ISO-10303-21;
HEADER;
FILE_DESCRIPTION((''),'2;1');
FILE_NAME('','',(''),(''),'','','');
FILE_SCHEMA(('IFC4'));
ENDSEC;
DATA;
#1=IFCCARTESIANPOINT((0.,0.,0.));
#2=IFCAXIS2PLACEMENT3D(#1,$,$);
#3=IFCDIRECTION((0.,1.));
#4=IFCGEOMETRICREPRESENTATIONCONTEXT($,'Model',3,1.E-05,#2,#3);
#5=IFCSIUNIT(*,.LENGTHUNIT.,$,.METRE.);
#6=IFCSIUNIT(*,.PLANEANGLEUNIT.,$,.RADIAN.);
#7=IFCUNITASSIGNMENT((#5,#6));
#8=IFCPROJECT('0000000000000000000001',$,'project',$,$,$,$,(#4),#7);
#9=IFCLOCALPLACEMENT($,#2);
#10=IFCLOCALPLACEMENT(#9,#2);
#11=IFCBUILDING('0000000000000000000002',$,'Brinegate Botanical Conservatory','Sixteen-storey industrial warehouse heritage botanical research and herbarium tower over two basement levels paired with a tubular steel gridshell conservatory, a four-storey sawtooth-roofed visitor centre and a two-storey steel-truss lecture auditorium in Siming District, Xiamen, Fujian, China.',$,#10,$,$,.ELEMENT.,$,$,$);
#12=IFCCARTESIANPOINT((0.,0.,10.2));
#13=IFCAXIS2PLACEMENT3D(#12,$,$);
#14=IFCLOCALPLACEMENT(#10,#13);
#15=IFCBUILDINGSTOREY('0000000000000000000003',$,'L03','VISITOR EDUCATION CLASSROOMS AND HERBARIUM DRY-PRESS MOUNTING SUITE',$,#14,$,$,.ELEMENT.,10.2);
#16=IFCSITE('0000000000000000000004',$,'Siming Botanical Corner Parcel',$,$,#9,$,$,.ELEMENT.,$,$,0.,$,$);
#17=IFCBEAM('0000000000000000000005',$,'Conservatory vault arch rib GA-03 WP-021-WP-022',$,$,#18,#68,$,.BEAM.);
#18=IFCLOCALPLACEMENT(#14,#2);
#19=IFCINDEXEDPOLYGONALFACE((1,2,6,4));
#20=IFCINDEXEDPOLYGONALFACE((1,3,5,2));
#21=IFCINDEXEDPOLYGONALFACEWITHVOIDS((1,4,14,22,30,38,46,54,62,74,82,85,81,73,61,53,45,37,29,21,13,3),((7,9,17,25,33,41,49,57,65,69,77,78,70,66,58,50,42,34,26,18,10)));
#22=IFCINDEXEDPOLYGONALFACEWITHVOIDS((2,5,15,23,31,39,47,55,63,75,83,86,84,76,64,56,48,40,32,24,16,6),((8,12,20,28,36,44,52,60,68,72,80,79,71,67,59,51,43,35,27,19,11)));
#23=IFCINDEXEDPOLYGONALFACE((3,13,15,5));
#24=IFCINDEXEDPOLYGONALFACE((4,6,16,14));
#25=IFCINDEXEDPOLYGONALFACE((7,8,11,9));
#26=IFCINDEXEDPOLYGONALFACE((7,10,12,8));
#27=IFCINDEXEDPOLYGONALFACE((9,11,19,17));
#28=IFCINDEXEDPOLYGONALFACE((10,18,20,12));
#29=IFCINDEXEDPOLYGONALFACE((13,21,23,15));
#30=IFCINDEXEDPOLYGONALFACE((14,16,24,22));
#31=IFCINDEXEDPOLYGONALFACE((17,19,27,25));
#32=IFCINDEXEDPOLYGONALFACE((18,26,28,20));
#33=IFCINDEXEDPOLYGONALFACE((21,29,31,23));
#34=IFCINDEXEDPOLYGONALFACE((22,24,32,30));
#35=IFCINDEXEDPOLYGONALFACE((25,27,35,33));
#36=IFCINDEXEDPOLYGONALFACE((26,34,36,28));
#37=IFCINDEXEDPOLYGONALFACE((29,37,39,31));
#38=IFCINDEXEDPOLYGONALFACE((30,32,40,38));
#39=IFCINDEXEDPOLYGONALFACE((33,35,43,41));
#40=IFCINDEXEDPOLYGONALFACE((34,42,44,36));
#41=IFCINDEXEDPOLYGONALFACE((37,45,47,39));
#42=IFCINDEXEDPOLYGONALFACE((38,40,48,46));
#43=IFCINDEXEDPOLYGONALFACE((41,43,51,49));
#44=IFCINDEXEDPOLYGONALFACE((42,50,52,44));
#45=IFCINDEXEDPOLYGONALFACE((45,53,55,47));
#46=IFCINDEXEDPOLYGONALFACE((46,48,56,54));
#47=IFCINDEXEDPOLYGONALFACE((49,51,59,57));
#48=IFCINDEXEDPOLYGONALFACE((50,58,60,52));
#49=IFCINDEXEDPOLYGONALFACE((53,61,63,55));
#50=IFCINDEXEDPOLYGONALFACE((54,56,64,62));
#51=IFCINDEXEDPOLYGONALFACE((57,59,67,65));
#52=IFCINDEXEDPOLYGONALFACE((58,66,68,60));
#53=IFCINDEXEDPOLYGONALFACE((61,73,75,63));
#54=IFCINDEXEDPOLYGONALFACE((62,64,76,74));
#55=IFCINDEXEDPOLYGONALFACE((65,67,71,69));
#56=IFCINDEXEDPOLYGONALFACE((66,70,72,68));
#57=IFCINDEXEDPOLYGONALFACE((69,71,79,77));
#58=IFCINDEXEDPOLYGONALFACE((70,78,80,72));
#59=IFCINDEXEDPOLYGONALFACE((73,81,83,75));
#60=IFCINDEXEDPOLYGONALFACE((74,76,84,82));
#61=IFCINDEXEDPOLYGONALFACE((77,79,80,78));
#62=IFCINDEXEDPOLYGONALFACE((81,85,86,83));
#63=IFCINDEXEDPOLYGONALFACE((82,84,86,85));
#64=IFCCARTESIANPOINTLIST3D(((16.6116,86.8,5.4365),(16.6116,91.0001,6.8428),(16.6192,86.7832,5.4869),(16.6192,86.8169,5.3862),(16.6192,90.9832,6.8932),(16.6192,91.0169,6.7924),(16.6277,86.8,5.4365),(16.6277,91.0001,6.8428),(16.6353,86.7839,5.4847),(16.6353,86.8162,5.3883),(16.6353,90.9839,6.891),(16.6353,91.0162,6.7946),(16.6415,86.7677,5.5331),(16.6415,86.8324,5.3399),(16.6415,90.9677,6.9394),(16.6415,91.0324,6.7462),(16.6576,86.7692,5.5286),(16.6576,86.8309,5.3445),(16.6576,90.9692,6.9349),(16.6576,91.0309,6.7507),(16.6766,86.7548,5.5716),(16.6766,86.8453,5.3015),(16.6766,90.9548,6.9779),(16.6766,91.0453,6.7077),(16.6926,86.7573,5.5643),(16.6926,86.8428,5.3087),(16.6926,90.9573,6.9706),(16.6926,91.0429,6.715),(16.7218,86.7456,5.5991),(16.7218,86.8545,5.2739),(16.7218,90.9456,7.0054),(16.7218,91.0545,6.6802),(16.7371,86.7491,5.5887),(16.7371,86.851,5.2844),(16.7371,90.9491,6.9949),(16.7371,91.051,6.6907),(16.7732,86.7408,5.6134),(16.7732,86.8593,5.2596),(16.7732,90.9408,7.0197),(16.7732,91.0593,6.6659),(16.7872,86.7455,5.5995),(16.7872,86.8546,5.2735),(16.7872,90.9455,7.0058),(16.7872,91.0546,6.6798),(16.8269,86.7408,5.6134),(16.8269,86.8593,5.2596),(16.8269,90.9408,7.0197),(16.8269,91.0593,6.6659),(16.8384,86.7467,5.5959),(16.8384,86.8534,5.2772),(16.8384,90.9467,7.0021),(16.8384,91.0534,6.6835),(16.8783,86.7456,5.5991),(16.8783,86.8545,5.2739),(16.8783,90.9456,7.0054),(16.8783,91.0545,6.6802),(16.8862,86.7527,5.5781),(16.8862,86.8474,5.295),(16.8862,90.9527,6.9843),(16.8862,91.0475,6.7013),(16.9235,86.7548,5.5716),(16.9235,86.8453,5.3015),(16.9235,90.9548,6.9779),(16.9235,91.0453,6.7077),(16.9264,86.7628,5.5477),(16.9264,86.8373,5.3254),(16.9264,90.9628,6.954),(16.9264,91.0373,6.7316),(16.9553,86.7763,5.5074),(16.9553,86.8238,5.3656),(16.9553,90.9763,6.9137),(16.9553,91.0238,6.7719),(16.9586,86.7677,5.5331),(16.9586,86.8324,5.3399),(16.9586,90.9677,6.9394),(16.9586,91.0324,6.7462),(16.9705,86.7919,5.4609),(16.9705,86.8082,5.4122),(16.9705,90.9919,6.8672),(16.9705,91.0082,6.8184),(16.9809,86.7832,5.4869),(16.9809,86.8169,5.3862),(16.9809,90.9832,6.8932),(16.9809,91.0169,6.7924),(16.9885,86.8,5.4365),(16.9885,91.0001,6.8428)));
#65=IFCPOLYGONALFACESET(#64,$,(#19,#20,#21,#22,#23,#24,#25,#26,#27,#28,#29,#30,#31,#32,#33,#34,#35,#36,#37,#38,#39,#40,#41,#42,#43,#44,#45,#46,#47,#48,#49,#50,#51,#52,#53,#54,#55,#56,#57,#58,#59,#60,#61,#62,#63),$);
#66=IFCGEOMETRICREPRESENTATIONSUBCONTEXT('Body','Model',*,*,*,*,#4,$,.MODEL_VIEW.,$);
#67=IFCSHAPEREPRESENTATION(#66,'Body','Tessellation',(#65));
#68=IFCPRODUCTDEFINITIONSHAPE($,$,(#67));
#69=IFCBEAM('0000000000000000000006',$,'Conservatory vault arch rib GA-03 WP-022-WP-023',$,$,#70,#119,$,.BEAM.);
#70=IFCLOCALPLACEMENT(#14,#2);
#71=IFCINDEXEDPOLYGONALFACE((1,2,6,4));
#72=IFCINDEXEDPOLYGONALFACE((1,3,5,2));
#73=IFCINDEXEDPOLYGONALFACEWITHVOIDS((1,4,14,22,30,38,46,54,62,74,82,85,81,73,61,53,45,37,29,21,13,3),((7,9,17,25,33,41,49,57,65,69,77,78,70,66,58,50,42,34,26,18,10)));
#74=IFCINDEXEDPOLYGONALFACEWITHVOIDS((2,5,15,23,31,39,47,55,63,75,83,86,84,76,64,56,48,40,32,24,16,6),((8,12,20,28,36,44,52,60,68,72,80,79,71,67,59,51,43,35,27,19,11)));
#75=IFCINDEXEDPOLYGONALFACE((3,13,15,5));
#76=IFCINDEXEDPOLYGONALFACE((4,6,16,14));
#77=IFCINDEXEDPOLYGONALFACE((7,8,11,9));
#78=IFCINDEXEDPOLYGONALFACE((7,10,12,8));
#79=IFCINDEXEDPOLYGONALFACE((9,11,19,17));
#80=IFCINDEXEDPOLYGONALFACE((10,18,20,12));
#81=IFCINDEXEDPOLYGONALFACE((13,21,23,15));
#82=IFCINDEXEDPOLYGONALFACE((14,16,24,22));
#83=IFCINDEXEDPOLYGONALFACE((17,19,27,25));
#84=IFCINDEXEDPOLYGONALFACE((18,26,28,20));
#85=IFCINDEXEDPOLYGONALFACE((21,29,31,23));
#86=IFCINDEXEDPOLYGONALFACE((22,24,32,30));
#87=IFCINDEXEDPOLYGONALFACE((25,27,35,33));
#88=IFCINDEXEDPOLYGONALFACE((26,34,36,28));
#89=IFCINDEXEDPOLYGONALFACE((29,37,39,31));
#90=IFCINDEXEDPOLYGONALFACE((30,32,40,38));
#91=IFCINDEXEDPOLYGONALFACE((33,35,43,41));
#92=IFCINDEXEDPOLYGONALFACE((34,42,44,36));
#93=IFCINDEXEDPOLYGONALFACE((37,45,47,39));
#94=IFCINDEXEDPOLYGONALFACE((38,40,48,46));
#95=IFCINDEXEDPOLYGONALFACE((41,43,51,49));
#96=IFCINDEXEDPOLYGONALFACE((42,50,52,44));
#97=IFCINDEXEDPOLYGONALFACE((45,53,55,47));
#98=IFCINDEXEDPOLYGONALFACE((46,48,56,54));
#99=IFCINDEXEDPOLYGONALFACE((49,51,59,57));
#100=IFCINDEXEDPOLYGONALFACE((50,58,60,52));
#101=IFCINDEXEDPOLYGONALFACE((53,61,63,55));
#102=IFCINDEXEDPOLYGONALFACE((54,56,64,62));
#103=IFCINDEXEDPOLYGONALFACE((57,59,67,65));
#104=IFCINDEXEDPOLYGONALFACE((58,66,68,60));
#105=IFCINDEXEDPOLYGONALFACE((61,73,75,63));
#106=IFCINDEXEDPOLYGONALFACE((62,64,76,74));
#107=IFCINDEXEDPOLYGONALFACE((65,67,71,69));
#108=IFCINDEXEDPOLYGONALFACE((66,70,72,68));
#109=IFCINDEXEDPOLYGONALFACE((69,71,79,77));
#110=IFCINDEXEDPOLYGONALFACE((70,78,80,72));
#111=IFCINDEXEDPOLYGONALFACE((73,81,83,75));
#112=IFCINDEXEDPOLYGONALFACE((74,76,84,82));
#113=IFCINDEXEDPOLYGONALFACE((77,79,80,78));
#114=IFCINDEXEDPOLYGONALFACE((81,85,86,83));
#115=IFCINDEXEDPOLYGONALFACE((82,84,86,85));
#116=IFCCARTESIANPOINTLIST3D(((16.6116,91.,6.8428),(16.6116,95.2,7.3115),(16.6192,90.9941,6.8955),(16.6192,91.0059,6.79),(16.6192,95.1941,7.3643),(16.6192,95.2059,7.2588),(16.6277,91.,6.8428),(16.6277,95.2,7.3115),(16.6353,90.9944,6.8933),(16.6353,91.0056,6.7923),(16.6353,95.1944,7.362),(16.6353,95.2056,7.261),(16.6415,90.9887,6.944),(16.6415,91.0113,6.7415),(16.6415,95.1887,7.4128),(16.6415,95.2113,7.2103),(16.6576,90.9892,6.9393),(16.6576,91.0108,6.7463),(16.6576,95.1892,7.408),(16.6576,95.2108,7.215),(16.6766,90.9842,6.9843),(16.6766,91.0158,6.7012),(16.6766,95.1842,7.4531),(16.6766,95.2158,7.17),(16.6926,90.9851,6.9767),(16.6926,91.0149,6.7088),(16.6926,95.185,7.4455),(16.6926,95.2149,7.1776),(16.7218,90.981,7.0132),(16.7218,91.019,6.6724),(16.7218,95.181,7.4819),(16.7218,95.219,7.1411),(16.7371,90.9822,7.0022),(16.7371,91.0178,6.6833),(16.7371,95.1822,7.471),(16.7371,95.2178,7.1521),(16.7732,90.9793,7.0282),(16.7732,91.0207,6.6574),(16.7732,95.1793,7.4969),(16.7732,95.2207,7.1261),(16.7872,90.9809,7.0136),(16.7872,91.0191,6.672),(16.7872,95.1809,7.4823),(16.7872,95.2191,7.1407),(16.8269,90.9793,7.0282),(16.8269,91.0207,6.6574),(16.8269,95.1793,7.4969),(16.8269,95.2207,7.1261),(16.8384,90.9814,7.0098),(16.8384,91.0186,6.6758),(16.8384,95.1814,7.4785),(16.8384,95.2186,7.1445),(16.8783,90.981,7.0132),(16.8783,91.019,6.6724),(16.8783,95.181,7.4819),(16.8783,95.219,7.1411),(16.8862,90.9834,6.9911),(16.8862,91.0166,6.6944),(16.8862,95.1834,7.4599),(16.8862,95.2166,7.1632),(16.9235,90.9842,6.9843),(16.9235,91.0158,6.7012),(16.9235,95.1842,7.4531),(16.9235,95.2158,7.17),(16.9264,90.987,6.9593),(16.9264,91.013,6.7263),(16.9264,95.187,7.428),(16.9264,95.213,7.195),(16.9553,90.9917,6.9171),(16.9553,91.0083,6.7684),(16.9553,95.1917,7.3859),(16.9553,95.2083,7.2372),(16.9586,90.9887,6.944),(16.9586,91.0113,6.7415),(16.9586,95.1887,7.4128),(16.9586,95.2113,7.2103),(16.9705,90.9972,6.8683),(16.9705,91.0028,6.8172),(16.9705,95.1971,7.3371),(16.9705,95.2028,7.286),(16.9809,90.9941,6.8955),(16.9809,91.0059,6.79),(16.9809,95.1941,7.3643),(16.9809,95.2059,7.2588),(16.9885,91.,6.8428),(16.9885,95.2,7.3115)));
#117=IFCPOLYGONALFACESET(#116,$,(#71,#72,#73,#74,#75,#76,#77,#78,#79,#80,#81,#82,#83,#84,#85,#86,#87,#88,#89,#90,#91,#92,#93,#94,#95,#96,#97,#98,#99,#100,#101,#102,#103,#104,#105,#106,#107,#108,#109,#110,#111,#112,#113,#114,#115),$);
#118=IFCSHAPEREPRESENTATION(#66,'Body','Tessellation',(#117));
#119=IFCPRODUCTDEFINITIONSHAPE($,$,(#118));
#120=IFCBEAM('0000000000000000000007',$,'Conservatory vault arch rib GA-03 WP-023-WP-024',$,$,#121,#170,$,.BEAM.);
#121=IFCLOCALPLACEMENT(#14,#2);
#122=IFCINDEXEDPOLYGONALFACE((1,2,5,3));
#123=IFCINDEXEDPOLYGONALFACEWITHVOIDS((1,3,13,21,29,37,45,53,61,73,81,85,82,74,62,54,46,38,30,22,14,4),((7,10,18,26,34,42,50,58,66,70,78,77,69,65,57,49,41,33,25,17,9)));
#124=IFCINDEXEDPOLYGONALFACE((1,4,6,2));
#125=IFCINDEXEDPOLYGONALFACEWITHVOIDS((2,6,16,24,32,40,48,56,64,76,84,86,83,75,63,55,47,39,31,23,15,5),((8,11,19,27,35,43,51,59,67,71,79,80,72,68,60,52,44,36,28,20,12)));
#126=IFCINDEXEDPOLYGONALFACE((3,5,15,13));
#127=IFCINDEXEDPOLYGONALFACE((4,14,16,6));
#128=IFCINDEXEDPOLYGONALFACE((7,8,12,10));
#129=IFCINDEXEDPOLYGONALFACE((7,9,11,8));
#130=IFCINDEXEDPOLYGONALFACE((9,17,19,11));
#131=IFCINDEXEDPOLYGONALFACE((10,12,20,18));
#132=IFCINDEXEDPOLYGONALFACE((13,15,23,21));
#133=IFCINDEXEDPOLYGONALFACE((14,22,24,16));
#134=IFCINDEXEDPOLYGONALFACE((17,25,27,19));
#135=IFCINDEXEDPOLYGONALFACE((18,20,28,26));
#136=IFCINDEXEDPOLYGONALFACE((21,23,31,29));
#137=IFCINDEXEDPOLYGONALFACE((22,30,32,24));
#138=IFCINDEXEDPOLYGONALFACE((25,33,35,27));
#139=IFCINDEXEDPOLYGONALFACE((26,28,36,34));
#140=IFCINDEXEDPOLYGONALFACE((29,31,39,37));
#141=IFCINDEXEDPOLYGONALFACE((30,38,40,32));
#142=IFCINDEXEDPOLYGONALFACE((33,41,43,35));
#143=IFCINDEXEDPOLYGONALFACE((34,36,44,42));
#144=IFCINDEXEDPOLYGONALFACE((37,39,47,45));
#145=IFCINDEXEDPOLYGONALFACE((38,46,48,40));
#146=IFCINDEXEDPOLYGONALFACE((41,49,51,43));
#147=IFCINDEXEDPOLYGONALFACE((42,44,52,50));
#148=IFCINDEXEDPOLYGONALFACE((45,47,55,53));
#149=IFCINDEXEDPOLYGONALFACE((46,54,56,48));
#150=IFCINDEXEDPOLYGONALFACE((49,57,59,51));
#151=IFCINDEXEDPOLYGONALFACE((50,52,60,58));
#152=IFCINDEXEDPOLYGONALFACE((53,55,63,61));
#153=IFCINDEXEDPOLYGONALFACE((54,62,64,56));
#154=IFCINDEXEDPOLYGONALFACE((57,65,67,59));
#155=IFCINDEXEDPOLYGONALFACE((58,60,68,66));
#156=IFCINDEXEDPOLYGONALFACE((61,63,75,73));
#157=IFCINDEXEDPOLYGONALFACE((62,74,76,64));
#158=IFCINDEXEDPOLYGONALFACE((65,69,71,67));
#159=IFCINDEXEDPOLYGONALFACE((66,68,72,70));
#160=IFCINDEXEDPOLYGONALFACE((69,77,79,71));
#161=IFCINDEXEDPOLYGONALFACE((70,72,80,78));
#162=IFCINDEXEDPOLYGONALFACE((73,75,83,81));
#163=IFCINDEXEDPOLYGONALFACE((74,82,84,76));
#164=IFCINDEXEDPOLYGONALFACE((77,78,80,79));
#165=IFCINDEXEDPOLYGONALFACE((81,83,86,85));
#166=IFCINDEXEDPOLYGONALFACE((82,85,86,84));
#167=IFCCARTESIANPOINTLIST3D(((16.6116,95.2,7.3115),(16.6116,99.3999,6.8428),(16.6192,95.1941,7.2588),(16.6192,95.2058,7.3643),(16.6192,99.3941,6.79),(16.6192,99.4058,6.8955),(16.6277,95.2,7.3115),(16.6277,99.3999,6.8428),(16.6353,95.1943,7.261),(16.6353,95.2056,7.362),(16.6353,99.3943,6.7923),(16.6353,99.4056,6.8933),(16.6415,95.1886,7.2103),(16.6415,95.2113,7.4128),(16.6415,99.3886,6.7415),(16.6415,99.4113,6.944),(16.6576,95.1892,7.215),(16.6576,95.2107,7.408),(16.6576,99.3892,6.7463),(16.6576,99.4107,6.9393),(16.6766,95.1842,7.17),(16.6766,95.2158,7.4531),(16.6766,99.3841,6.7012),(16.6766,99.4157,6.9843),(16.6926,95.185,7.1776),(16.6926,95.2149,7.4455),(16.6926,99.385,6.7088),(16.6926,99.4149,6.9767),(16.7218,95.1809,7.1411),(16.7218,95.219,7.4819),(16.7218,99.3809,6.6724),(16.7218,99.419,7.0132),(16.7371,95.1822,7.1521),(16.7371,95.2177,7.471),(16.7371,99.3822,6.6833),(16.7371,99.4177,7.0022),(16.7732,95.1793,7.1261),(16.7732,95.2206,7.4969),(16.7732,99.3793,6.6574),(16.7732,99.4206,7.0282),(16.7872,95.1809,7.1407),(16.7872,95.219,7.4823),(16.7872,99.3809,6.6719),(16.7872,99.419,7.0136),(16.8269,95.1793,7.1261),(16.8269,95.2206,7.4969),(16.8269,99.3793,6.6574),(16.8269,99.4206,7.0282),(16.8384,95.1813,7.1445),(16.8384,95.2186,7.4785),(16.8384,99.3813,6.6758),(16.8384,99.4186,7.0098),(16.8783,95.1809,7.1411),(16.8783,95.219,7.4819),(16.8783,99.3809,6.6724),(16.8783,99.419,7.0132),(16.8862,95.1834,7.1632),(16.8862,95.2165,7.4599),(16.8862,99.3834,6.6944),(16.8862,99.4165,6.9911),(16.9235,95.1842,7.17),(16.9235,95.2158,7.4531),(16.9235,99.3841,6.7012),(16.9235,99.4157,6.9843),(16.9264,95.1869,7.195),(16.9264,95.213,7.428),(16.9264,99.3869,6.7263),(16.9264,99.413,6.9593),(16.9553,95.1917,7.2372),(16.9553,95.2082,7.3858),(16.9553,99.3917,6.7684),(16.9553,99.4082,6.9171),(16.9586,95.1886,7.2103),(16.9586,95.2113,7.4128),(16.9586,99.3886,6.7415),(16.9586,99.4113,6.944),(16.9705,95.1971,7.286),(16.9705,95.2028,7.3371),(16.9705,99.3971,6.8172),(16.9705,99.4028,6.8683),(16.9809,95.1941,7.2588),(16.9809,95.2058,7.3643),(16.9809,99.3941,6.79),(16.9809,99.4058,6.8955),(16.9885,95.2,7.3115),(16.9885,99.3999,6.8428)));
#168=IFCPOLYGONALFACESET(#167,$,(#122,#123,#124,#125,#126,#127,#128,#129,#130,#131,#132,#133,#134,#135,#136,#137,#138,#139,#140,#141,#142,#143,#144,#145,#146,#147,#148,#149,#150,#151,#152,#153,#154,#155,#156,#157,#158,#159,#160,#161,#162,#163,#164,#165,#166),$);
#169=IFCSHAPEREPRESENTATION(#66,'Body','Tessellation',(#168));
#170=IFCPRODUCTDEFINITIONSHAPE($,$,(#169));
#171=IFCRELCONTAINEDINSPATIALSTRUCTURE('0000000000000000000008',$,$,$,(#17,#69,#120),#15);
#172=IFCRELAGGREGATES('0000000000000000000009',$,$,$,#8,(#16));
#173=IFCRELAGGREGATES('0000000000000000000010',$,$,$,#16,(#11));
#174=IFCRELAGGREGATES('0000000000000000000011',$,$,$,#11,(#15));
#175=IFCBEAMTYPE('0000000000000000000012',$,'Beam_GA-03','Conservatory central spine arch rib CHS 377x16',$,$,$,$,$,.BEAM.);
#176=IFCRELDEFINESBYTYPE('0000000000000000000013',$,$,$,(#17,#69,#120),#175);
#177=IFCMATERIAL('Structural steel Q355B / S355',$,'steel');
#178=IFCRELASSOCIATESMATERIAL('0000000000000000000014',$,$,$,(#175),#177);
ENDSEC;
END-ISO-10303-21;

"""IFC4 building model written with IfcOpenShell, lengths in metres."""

from ifc_helpers import new_model, si_unit, direction, frame, origin, origin_2d, place, context, subcontext, project, spatial, hollow_circle, extrude, material, material_profile, profile_set, type_object, element, save


model = new_model("IFC4")

# Units and contexts
model_context = context("Model", 3, precision=1e-05, world=origin(), true_north=direction((0.0, 1.0)))
body_context = subcontext(model_context, "Body", "Model", "MODEL_VIEW")
ifc_project = project(units=[si_unit("LENGTHUNIT", "METRE"), si_unit("PLANEANGLEUNIT", "RADIAN")], contexts=[model_context])

# Site, building, storey
site_placement = place(None, origin())
site = spatial("IfcSite", under=ifc_project, at=site_placement, Name="Siming Botanical Corner Parcel", CompositionType="ELEMENT", RefElevation=0.0)
building_placement = place(site_placement, origin())
building = spatial("IfcBuilding", under=site, at=building_placement, Name="Brinegate Botanical Conservatory", Description="Sixteen-storey industrial warehouse heritage botanical research and herbarium tower over two basement levels paired with a tubular steel gridshell conservatory, a four-storey sawtooth-roofed visitor centre and a two-storey steel-truss lecture auditorium in Siming District, Xiamen, Fujian, China.", CompositionType="ELEMENT")
storey_placement = place(building_placement, frame((0.0, 0.0, 10.2)))
storey = spatial("IfcBuildingStorey", under=building, at=storey_placement, Name="L03", Description="VISITOR EDUCATION CLASSROOMS AND HERBARIUM DRY-PRESS MOUNTING SUITE", CompositionType="ELEMENT", Elevation=10.2)

# Beams
ifc_material_1 = material(Name="Structural steel Q355B / S355", Category="steel")
ifc_material_profile_1 = material_profile(ifc_material_1, hollow_circle(Radius=0.1885, WallThickness=0.0161, at=origin_2d()), Name="CHS 377x16")
ifc_profile_set_1 = profile_set([ifc_material_profile_1], Name="Structural steel Q355B / S355")
beam_type = type_object("IfcBeamType", Name="Beam_GA-03", Description="Conservatory central spine arch rib CHS 377x16", PredefinedType="BEAM", material=ifc_profile_set_1)
beam_1_placement = place(storey_placement, frame((16.8, 86.8, 5.4365), z_axis=(0.0, 0.948258, 0.317501), x_axis=(-1.0, 0.0, 0.0)))
element("IfcBeam", 1, at=beam_1_placement, inside=storey, type_object=beam_type, Name="Conservatory vault arch rib GA-03 WP-021-WP-022", PredefinedType="BEAM", context=body_context, shape_type="SweptSolid", body=[
    extrude(hollow_circle(Radius=0.1885, WallThickness=0.0161, at=origin_2d()), origin(), (0.0, 0.0, 1.0), 4.4292),
])
for number, where, z_axis, x_axis, name in (
    (2, (16.8, 91.0, 6.8428), (0.0, 0.993829, 0.11092), (-1.0, 0.0, 0.0), "Conservatory vault arch rib GA-03 WP-022-WP-023"),
    (3, (16.8, 95.2, 7.3115), (0.0, 0.993829, -0.11092), (-1.0, 0.0, 0.0), "Conservatory vault arch rib GA-03 WP-023-WP-024"),
):
    element("IfcBeam", number, at=place(storey_placement, frame(where, z_axis=z_axis, x_axis=x_axis)), inside=storey, type_object=beam_type, Name=name, PredefinedType="BEAM", context=body_context, shape_type="SweptSolid", body=[
        extrude(hollow_circle(Radius=0.1885, WallThickness=0.0161, at=origin_2d()), origin(), (0.0, 0.0, 1.0), 4.2261),
    ])

save(model, "model.ifc")
